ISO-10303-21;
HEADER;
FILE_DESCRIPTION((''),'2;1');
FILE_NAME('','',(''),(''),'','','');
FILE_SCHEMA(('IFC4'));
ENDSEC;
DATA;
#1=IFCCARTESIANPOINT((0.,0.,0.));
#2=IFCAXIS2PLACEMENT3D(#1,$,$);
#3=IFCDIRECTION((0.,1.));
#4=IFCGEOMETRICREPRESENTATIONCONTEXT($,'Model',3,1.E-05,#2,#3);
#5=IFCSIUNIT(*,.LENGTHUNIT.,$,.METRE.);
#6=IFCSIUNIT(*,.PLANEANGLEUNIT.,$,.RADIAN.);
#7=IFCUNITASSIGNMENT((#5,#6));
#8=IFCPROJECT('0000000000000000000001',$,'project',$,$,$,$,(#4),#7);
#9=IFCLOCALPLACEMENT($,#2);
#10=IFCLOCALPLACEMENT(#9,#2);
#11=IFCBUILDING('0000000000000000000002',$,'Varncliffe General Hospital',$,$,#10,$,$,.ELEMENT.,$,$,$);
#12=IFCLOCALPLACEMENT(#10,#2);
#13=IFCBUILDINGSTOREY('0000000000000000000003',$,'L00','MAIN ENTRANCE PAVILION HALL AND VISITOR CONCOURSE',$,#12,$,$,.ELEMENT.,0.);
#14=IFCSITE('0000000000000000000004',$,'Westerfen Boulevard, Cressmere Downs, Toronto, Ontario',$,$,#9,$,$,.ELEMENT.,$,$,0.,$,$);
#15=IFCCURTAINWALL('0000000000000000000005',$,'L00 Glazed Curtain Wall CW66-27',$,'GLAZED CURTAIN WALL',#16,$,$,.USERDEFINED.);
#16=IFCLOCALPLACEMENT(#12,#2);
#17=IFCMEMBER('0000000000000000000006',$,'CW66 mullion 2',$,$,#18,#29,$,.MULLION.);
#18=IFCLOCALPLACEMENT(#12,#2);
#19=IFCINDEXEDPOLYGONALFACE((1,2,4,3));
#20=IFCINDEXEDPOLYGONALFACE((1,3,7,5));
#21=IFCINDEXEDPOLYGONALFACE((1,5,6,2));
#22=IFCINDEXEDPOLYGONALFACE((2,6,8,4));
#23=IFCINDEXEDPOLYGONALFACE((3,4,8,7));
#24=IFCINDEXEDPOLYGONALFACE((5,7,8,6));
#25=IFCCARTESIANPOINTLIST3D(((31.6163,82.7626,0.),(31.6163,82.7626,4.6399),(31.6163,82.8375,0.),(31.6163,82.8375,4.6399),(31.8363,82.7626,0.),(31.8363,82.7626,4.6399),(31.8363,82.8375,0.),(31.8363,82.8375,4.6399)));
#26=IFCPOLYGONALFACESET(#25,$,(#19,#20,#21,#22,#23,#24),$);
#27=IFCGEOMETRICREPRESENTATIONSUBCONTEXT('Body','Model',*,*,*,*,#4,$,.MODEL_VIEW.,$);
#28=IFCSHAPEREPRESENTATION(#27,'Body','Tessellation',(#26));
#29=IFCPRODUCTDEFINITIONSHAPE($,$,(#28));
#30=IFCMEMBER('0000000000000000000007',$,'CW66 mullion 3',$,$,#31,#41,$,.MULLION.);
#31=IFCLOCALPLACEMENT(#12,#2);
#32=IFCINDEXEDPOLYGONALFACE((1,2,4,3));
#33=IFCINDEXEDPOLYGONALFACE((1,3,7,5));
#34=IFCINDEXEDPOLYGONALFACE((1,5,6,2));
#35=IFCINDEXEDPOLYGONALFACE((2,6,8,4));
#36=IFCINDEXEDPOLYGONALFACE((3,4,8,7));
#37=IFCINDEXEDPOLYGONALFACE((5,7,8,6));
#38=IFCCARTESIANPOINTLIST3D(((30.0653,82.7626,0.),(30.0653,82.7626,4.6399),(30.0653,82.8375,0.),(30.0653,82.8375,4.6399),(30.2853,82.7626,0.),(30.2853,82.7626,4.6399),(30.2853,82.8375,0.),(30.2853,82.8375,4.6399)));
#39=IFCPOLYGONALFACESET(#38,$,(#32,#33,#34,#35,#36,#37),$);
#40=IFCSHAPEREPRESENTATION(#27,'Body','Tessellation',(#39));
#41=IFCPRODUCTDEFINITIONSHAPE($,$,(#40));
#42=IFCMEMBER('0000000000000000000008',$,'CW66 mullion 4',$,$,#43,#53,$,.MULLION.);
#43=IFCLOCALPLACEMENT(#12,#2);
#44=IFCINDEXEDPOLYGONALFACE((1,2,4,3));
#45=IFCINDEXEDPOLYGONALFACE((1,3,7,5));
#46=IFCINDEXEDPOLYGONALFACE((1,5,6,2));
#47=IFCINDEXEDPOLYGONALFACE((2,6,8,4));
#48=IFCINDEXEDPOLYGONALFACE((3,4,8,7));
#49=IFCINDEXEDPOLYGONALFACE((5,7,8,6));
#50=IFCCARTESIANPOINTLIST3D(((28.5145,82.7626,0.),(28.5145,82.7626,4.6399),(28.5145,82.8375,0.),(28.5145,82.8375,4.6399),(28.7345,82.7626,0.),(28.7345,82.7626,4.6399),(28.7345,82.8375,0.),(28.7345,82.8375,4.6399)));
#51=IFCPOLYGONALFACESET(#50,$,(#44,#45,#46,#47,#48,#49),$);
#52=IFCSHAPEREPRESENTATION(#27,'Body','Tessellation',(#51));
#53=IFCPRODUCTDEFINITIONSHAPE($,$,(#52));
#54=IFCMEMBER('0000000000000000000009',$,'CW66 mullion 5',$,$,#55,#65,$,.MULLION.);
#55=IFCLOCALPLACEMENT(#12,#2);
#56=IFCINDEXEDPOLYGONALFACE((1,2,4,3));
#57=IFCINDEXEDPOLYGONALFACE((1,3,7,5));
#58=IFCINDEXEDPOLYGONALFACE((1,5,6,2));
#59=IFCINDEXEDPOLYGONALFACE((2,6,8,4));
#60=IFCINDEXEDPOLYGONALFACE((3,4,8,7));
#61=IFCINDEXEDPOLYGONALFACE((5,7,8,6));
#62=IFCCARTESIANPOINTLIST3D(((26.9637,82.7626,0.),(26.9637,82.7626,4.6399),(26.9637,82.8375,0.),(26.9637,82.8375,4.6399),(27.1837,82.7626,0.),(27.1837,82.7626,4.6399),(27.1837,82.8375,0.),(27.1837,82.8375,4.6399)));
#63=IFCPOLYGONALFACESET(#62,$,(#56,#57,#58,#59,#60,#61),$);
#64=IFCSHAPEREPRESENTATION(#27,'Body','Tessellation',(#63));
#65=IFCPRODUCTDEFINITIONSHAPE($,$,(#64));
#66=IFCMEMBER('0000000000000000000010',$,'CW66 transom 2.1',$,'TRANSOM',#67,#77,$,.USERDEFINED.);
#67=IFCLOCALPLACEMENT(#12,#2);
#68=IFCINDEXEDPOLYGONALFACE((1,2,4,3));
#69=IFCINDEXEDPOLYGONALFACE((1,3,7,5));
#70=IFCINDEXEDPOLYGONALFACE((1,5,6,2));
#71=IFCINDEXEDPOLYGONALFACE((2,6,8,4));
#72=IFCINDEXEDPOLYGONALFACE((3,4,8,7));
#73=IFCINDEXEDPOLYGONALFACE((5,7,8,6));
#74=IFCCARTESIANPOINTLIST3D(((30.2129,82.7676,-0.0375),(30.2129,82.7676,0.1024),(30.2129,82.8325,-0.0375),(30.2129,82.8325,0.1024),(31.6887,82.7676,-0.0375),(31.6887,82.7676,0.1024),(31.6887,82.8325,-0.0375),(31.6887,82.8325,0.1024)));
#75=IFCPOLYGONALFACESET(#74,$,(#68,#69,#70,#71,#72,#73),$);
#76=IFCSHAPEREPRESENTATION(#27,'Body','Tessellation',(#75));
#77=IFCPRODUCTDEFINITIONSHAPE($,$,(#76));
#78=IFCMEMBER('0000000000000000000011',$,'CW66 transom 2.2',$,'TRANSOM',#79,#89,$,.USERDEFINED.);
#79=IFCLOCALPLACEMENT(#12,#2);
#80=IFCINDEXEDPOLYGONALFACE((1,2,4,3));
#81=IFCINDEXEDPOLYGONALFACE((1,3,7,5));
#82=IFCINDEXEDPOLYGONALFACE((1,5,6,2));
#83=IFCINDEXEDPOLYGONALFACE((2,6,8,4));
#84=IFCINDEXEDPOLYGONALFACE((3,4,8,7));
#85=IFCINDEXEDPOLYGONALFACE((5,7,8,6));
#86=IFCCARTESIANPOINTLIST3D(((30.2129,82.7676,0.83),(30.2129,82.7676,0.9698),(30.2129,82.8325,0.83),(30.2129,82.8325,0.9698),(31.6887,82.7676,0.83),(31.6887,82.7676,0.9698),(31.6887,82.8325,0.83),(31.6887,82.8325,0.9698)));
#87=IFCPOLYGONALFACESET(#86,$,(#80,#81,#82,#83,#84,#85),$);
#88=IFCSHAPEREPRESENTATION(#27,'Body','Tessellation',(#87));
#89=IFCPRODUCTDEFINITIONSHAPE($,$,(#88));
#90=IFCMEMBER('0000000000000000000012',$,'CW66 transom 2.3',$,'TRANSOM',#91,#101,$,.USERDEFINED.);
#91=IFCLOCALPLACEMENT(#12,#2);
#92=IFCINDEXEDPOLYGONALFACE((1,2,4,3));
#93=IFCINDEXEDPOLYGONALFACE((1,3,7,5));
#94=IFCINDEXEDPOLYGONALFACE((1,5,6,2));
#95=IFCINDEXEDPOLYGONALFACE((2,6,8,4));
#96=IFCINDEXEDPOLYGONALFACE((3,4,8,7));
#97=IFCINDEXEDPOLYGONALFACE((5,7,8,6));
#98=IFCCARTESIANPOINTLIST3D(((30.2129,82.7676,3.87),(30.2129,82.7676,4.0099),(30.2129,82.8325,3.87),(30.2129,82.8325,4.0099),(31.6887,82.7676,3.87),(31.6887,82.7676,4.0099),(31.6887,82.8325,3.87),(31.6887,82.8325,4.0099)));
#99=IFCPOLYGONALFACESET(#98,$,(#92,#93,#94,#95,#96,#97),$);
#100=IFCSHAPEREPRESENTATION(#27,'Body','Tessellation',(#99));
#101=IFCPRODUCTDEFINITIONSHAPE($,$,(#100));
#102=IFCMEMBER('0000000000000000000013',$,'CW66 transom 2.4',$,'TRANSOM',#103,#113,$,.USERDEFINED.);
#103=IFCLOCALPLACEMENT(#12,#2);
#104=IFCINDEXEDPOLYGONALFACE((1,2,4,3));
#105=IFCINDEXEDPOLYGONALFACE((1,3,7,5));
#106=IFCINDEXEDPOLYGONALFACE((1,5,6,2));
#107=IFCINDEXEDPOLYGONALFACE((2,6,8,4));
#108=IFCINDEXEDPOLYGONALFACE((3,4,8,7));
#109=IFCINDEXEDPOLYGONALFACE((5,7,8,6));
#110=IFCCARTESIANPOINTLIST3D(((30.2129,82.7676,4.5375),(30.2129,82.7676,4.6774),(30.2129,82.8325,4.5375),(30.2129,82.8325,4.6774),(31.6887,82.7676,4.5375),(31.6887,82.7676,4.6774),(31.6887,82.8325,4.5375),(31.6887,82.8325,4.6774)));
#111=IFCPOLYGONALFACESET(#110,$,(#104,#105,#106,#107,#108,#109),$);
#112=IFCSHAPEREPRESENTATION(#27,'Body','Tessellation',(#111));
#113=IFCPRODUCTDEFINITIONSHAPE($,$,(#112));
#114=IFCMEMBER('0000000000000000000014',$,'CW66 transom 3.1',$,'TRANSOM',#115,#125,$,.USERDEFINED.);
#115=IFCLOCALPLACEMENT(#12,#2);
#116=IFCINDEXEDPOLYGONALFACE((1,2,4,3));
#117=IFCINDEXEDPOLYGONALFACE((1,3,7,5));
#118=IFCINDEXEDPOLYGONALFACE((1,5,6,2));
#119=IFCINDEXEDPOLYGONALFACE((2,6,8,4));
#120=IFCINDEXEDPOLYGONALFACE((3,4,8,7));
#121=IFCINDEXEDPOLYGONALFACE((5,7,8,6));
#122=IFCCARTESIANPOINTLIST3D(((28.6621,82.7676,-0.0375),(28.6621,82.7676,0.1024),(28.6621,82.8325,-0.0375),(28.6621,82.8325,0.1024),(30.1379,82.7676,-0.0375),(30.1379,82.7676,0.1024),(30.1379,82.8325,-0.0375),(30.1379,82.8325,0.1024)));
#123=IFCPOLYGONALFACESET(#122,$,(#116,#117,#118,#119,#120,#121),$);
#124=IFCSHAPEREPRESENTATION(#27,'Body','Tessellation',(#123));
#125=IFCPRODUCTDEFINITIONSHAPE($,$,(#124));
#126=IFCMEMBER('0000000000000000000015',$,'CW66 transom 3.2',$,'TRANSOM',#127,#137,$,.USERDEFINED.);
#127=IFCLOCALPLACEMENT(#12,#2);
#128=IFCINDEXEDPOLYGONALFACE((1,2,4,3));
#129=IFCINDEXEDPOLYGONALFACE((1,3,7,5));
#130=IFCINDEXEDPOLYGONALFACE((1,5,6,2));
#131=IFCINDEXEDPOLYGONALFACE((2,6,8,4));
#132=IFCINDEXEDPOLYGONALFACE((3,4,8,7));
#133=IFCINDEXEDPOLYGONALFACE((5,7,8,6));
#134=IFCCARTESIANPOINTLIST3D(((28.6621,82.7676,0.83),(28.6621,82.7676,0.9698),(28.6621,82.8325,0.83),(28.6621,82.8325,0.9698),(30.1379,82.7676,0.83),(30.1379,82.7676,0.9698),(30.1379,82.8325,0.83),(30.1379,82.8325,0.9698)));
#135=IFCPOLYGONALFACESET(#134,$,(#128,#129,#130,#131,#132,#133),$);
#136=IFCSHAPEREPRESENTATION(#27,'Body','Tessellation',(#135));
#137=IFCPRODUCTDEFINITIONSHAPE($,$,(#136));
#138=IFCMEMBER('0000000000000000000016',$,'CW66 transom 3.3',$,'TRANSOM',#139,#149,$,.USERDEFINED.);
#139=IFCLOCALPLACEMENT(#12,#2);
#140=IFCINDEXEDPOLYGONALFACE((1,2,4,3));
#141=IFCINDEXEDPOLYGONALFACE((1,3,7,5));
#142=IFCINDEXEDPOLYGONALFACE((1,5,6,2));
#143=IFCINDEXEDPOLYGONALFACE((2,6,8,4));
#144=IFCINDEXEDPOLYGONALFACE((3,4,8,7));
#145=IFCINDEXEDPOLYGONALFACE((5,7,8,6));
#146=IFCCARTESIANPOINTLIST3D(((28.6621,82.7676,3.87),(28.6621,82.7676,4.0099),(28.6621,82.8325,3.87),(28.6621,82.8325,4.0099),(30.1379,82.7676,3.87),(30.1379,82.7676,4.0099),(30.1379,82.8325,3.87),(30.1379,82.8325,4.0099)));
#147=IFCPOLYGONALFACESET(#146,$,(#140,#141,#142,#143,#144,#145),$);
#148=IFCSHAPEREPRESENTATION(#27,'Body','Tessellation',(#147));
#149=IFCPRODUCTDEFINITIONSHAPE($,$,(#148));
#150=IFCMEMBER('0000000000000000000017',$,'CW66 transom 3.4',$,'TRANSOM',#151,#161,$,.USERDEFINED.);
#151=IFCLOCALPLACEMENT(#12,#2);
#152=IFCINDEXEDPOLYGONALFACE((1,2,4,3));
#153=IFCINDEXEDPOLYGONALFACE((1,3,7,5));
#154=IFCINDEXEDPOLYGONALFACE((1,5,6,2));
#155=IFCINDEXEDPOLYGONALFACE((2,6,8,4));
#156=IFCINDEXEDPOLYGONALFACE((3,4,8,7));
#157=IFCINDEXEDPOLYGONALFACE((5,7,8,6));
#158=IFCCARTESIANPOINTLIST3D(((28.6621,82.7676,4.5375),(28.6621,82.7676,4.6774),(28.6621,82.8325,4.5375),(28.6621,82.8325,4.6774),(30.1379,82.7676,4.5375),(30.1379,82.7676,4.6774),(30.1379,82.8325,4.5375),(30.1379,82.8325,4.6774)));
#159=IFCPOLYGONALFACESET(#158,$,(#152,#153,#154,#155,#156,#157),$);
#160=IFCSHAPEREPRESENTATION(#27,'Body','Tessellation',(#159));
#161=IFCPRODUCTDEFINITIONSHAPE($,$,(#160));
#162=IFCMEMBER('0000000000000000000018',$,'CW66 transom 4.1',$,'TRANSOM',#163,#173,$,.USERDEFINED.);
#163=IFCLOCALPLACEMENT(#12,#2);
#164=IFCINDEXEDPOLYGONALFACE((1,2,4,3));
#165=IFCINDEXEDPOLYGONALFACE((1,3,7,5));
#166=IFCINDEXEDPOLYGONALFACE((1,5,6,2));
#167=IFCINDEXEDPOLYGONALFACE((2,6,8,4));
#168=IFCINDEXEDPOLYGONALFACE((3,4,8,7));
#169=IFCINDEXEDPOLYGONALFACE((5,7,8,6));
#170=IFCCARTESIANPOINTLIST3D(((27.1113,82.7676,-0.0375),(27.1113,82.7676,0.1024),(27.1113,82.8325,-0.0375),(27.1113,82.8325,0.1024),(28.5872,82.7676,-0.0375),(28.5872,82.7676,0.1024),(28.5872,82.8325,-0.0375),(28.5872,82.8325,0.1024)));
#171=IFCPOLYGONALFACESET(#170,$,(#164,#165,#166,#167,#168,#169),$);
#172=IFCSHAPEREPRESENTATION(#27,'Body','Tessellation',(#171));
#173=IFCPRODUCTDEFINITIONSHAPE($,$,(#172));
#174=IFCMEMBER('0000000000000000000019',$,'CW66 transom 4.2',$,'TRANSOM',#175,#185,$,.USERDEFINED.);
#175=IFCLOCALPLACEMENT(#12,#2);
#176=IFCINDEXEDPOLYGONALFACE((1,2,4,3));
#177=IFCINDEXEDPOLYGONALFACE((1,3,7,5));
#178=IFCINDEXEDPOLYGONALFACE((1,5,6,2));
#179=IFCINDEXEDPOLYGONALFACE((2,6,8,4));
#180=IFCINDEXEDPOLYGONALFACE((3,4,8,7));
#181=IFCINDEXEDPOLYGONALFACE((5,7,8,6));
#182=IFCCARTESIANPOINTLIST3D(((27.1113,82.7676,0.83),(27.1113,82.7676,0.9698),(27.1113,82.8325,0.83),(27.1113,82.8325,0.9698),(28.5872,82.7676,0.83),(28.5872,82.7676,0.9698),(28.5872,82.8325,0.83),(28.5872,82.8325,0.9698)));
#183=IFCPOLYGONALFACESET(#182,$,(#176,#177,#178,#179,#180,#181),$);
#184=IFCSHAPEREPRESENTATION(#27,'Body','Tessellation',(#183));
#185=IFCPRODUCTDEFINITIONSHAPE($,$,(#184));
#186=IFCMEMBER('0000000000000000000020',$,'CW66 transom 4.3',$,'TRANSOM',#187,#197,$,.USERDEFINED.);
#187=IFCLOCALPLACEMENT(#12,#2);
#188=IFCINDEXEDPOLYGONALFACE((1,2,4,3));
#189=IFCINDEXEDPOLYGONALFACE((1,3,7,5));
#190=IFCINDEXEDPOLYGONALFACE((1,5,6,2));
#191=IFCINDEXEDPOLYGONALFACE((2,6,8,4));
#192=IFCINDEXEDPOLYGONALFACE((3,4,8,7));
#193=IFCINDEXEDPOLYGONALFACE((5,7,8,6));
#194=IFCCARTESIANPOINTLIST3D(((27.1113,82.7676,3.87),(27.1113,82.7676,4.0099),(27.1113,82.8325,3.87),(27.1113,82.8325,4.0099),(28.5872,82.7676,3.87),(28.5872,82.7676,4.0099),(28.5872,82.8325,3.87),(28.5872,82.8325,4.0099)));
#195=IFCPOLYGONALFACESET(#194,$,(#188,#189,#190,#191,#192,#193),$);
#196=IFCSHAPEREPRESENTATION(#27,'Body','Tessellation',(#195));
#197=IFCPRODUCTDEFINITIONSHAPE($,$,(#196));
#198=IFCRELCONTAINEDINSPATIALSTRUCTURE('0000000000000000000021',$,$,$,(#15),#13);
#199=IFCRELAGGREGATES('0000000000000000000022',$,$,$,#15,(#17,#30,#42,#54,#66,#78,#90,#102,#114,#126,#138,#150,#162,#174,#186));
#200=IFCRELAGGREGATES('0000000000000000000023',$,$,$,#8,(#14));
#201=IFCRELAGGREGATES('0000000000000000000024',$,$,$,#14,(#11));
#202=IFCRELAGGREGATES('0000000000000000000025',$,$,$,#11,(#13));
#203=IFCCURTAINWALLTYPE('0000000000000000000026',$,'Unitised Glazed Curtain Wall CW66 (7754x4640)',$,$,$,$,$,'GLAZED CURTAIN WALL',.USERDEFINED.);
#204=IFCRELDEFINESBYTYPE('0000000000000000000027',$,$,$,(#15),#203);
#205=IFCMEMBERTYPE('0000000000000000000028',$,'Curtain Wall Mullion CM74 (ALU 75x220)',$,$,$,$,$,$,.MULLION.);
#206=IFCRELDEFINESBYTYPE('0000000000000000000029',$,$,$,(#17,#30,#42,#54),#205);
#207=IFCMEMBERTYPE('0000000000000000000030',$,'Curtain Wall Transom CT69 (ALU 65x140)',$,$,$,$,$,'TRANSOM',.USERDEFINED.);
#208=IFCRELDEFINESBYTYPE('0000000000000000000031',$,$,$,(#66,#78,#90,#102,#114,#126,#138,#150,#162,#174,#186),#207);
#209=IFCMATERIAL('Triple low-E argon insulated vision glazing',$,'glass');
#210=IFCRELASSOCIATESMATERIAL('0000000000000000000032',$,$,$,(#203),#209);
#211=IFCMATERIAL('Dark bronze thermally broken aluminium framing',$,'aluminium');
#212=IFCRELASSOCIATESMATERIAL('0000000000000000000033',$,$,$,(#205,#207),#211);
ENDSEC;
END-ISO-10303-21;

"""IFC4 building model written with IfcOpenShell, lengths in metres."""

from ifc_helpers import new_model, si_unit, direction, frame, origin, origin_2d, place, context, subcontext, project, spatial, rectangle, extrude, material, material_profile, profile_set, type_object, element, aggregate, save


model = new_model("IFC4")

# Units and contexts
model_context = context("Model", 3, precision=1e-05, world=origin(), true_north=direction((0.0, 1.0)))
body_context = subcontext(model_context, "Body", "Model", "MODEL_VIEW")
ifc_project = project(units=[si_unit("LENGTHUNIT", "METRE"), si_unit("PLANEANGLEUNIT", "RADIAN")], contexts=[model_context])

# Site, building, storey
site_placement = place(None, origin())
site = spatial("IfcSite", under=ifc_project, at=site_placement, Name="Westerfen Boulevard, Cressmere Downs, Toronto, Ontario", CompositionType="ELEMENT", RefElevation=0.0)
building_placement = place(site_placement, origin())
building = spatial("IfcBuilding", under=site, at=building_placement, Name="Varncliffe General Hospital", CompositionType="ELEMENT")
storey_placement = place(building_placement, origin())
storey = spatial("IfcBuildingStorey", under=building, at=storey_placement, Name="L00", Description="MAIN ENTRANCE PAVILION HALL AND VISITOR CONCOURSE", CompositionType="ELEMENT", Elevation=0.0)

# Curtain wall, members
ifc_material_1 = material(Name="Triple low-E argon insulated vision glazing", Category="glass")
curtain_wall_type = type_object("IfcCurtainWallType", Name="Unitised Glazed Curtain Wall CW66 (7754x4640)", ElementType="GLAZED CURTAIN WALL", PredefinedType="USERDEFINED", material=ifc_material_1)
curtain_wall_placement = place(storey_placement, origin())
curtain_wall = element("IfcCurtainWall", 1, at=curtain_wall_placement, inside=storey, type_object=curtain_wall_type, Name="L00 Glazed Curtain Wall CW66-27", ObjectType="GLAZED CURTAIN WALL", PredefinedType="USERDEFINED")
ifc_material_2 = material(Name="Dark bronze thermally broken aluminium framing", Category="aluminium")
ifc_material_profile_1 = material_profile(ifc_material_2, rectangle(XDim=0.075, YDim=0.22, at=origin_2d()), Name="ALU 75x220")
ifc_profile_set_1 = profile_set([ifc_material_profile_1], Name="Dark bronze thermally broken aluminium framing")
member_type_1 = type_object("IfcMemberType", Name="Curtain Wall Mullion CM74 (ALU 75x220)", PredefinedType="MULLION", material=ifc_profile_set_1)
member_1_placement = place(storey_placement, frame((31.7263, 82.8, 0.0), z_axis=(0.0, 0.0, 1.0), x_axis=(0.0, -1.0, 0.0)))
member_1 = element("IfcMember", 2, at=member_1_placement, type_object=member_type_1, Name="CW66 mullion 2", PredefinedType="MULLION", context=body_context, shape_type="SweptSolid", body=[
    extrude(rectangle(XDim=0.075, YDim=0.22, at=origin_2d()), origin(), (0.0, 0.0, 1.0), 4.6399),
])
member_2_placement = place(storey_placement, frame((30.1753, 82.8, 0.0), z_axis=(0.0, 0.0, 1.0), x_axis=(0.0, -1.0, 0.0)))
member_2 = element("IfcMember", 3, at=member_2_placement, type_object=member_type_1, Name="CW66 mullion 3", PredefinedType="MULLION", context=body_context, shape_type="SweptSolid", body=[
    extrude(rectangle(XDim=0.075, YDim=0.22, at=origin_2d()), origin(), (0.0, 0.0, 1.0), 4.6399),
])
member_3_placement = place(storey_placement, frame((28.6245, 82.8, 0.0), z_axis=(0.0, 0.0, 1.0), x_axis=(0.0, -1.0, 0.0)))
member_3 = element("IfcMember", 4, at=member_3_placement, type_object=member_type_1, Name="CW66 mullion 4", PredefinedType="MULLION", context=body_context, shape_type="SweptSolid", body=[
    extrude(rectangle(XDim=0.075, YDim=0.22, at=origin_2d()), origin(), (0.0, 0.0, 1.0), 4.6399),
])
member_4_placement = place(storey_placement, frame((27.0737, 82.8, 0.0), z_axis=(0.0, 0.0, 1.0), x_axis=(0.0, -1.0, 0.0)))
member_4 = element("IfcMember", 5, at=member_4_placement, type_object=member_type_1, Name="CW66 mullion 5", PredefinedType="MULLION", context=body_context, shape_type="SweptSolid", body=[
    extrude(rectangle(XDim=0.075, YDim=0.22, at=origin_2d()), origin(), (0.0, 0.0, 1.0), 4.6399),
])
ifc_material_profile_2 = material_profile(ifc_material_2, rectangle(XDim=0.0649, YDim=0.1399, at=origin_2d()), Name="ALU 65x140")
ifc_profile_set_2 = profile_set([ifc_material_profile_2], Name="Dark bronze thermally broken aluminium framing")
member_type_2 = type_object("IfcMemberType", Name="Curtain Wall Transom CT69 (ALU 65x140)", ElementType="TRANSOM", PredefinedType="USERDEFINED", material=ifc_profile_set_2)
member_5_placement = place(storey_placement, frame((31.6887, 82.8, 0.0325), z_axis=(-1.0, 0.0, 0.0), x_axis=(0.0, -1.0, 0.0)))
member_5 = element("IfcMember", 6, at=member_5_placement, type_object=member_type_2, Name="CW66 transom 2.1", ObjectType="TRANSOM", PredefinedType="USERDEFINED", context=body_context, shape_type="SweptSolid", body=[
    extrude(rectangle(XDim=0.0649, YDim=0.1399, at=origin_2d()), origin(), (0.0, 0.0, 1.0), 1.4758),
])
member_6_placement = place(storey_placement, frame((31.6887, 82.8, 0.8999), z_axis=(-1.0, 0.0, 0.0), x_axis=(0.0, -1.0, 0.0)))
member_6 = element("IfcMember", 7, at=member_6_placement, type_object=member_type_2, Name="CW66 transom 2.2", ObjectType="TRANSOM", PredefinedType="USERDEFINED", context=body_context, shape_type="SweptSolid", body=[
    extrude(rectangle(XDim=0.0649, YDim=0.1399, at=origin_2d()), origin(), (0.0, 0.0, 1.0), 1.4758),
])
member_7_placement = place(storey_placement, frame((31.6887, 82.8, 3.9399), z_axis=(-1.0, 0.0, 0.0), x_axis=(0.0, -1.0, 0.0)))
member_7 = element("IfcMember", 8, at=member_7_placement, type_object=member_type_2, Name="CW66 transom 2.3", ObjectType="TRANSOM", PredefinedType="USERDEFINED", context=body_context, shape_type="SweptSolid", body=[
    extrude(rectangle(XDim=0.0649, YDim=0.1399, at=origin_2d()), origin(), (0.0, 0.0, 1.0), 1.4758),
])
member_8_placement = place(storey_placement, frame((31.6887, 82.8, 4.6074), z_axis=(-1.0, 0.0, 0.0), x_axis=(0.0, -1.0, 0.0)))
member_8 = element("IfcMember", 9, at=member_8_placement, type_object=member_type_2, Name="CW66 transom 2.4", ObjectType="TRANSOM", PredefinedType="USERDEFINED", context=body_context, shape_type="SweptSolid", body=[
    extrude(rectangle(XDim=0.0649, YDim=0.1399, at=origin_2d()), origin(), (0.0, 0.0, 1.0), 1.4758),
])
member_9_placement = place(storey_placement, frame((30.1379, 82.8, 0.0325), z_axis=(-1.0, 0.0, 0.0), x_axis=(0.0, -1.0, 0.0)))
member_9 = element("IfcMember", 10, at=member_9_placement, type_object=member_type_2, Name="CW66 transom 3.1", ObjectType="TRANSOM", PredefinedType="USERDEFINED", context=body_context, shape_type="SweptSolid", body=[
    extrude(rectangle(XDim=0.0649, YDim=0.1399, at=origin_2d()), origin(), (0.0, 0.0, 1.0), 1.4758),
])
member_10_placement = place(storey_placement, frame((30.1379, 82.8, 0.8999), z_axis=(-1.0, 0.0, 0.0), x_axis=(0.0, -1.0, 0.0)))
member_10 = element("IfcMember", 11, at=member_10_placement, type_object=member_type_2, Name="CW66 transom 3.2", ObjectType="TRANSOM", PredefinedType="USERDEFINED", context=body_context, shape_type="SweptSolid", body=[
    extrude(rectangle(XDim=0.0649, YDim=0.1399, at=origin_2d()), origin(), (0.0, 0.0, 1.0), 1.4758),
])
member_11_placement = place(storey_placement, frame((30.1379, 82.8, 3.9399), z_axis=(-1.0, 0.0, 0.0), x_axis=(0.0, -1.0, 0.0)))
member_11 = element("IfcMember", 12, at=member_11_placement, type_object=member_type_2, Name="CW66 transom 3.3", ObjectType="TRANSOM", PredefinedType="USERDEFINED", context=body_context, shape_type="SweptSolid", body=[
    extrude(rectangle(XDim=0.0649, YDim=0.1399, at=origin_2d()), origin(), (0.0, 0.0, 1.0), 1.4758),
])
member_12_placement = place(storey_placement, frame((30.1379, 82.8, 4.6074), z_axis=(-1.0, 0.0, 0.0), x_axis=(0.0, -1.0, 0.0)))
member_12 = element("IfcMember", 13, at=member_12_placement, type_object=member_type_2, Name="CW66 transom 3.4", ObjectType="TRANSOM", PredefinedType="USERDEFINED", context=body_context, shape_type="SweptSolid", body=[
    extrude(rectangle(XDim=0.0649, YDim=0.1399, at=origin_2d()), origin(), (0.0, 0.0, 1.0), 1.4758),
])
member_13_placement = place(storey_placement, frame((28.5872, 82.8, 0.0325), z_axis=(-1.0, 0.0, 0.0), x_axis=(0.0, -1.0, 0.0)))
member_13 = element("IfcMember", 14, at=member_13_placement, type_object=member_type_2, Name="CW66 transom 4.1", ObjectType="TRANSOM", PredefinedType="USERDEFINED", context=body_context, shape_type="SweptSolid", body=[
    extrude(rectangle(XDim=0.0649, YDim=0.1399, at=origin_2d()), origin(), (0.0, 0.0, 1.0), 1.4758),
])
member_14_placement = place(storey_placement, frame((28.5872, 82.8, 0.8999), z_axis=(-1.0, 0.0, 0.0), x_axis=(0.0, -1.0, 0.0)))
member_14 = element("IfcMember", 15, at=member_14_placement, type_object=member_type_2, Name="CW66 transom 4.2", ObjectType="TRANSOM", PredefinedType="USERDEFINED", context=body_context, shape_type="SweptSolid", body=[
    extrude(rectangle(XDim=0.0649, YDim=0.1399, at=origin_2d()), origin(), (0.0, 0.0, 1.0), 1.4758),
])
member_15_placement = place(storey_placement, frame((28.5872, 82.8, 3.9399), z_axis=(-1.0, 0.0, 0.0), x_axis=(0.0, -1.0, 0.0)))
member_15 = element("IfcMember", 16, at=member_15_placement, type_object=member_type_2, Name="CW66 transom 4.3", ObjectType="TRANSOM", PredefinedType="USERDEFINED", context=body_context, shape_type="SweptSolid", body=[
    extrude(rectangle(XDim=0.0649, YDim=0.1399, at=origin_2d()), origin(), (0.0, 0.0, 1.0), 1.4758),
])
aggregate(curtain_wall, [member_1, member_2, member_3, member_4, member_5, member_6, member_7, member_8, member_9, member_10, member_11, member_12, member_13, member_14, member_15])

save(model, "model.ifc")
